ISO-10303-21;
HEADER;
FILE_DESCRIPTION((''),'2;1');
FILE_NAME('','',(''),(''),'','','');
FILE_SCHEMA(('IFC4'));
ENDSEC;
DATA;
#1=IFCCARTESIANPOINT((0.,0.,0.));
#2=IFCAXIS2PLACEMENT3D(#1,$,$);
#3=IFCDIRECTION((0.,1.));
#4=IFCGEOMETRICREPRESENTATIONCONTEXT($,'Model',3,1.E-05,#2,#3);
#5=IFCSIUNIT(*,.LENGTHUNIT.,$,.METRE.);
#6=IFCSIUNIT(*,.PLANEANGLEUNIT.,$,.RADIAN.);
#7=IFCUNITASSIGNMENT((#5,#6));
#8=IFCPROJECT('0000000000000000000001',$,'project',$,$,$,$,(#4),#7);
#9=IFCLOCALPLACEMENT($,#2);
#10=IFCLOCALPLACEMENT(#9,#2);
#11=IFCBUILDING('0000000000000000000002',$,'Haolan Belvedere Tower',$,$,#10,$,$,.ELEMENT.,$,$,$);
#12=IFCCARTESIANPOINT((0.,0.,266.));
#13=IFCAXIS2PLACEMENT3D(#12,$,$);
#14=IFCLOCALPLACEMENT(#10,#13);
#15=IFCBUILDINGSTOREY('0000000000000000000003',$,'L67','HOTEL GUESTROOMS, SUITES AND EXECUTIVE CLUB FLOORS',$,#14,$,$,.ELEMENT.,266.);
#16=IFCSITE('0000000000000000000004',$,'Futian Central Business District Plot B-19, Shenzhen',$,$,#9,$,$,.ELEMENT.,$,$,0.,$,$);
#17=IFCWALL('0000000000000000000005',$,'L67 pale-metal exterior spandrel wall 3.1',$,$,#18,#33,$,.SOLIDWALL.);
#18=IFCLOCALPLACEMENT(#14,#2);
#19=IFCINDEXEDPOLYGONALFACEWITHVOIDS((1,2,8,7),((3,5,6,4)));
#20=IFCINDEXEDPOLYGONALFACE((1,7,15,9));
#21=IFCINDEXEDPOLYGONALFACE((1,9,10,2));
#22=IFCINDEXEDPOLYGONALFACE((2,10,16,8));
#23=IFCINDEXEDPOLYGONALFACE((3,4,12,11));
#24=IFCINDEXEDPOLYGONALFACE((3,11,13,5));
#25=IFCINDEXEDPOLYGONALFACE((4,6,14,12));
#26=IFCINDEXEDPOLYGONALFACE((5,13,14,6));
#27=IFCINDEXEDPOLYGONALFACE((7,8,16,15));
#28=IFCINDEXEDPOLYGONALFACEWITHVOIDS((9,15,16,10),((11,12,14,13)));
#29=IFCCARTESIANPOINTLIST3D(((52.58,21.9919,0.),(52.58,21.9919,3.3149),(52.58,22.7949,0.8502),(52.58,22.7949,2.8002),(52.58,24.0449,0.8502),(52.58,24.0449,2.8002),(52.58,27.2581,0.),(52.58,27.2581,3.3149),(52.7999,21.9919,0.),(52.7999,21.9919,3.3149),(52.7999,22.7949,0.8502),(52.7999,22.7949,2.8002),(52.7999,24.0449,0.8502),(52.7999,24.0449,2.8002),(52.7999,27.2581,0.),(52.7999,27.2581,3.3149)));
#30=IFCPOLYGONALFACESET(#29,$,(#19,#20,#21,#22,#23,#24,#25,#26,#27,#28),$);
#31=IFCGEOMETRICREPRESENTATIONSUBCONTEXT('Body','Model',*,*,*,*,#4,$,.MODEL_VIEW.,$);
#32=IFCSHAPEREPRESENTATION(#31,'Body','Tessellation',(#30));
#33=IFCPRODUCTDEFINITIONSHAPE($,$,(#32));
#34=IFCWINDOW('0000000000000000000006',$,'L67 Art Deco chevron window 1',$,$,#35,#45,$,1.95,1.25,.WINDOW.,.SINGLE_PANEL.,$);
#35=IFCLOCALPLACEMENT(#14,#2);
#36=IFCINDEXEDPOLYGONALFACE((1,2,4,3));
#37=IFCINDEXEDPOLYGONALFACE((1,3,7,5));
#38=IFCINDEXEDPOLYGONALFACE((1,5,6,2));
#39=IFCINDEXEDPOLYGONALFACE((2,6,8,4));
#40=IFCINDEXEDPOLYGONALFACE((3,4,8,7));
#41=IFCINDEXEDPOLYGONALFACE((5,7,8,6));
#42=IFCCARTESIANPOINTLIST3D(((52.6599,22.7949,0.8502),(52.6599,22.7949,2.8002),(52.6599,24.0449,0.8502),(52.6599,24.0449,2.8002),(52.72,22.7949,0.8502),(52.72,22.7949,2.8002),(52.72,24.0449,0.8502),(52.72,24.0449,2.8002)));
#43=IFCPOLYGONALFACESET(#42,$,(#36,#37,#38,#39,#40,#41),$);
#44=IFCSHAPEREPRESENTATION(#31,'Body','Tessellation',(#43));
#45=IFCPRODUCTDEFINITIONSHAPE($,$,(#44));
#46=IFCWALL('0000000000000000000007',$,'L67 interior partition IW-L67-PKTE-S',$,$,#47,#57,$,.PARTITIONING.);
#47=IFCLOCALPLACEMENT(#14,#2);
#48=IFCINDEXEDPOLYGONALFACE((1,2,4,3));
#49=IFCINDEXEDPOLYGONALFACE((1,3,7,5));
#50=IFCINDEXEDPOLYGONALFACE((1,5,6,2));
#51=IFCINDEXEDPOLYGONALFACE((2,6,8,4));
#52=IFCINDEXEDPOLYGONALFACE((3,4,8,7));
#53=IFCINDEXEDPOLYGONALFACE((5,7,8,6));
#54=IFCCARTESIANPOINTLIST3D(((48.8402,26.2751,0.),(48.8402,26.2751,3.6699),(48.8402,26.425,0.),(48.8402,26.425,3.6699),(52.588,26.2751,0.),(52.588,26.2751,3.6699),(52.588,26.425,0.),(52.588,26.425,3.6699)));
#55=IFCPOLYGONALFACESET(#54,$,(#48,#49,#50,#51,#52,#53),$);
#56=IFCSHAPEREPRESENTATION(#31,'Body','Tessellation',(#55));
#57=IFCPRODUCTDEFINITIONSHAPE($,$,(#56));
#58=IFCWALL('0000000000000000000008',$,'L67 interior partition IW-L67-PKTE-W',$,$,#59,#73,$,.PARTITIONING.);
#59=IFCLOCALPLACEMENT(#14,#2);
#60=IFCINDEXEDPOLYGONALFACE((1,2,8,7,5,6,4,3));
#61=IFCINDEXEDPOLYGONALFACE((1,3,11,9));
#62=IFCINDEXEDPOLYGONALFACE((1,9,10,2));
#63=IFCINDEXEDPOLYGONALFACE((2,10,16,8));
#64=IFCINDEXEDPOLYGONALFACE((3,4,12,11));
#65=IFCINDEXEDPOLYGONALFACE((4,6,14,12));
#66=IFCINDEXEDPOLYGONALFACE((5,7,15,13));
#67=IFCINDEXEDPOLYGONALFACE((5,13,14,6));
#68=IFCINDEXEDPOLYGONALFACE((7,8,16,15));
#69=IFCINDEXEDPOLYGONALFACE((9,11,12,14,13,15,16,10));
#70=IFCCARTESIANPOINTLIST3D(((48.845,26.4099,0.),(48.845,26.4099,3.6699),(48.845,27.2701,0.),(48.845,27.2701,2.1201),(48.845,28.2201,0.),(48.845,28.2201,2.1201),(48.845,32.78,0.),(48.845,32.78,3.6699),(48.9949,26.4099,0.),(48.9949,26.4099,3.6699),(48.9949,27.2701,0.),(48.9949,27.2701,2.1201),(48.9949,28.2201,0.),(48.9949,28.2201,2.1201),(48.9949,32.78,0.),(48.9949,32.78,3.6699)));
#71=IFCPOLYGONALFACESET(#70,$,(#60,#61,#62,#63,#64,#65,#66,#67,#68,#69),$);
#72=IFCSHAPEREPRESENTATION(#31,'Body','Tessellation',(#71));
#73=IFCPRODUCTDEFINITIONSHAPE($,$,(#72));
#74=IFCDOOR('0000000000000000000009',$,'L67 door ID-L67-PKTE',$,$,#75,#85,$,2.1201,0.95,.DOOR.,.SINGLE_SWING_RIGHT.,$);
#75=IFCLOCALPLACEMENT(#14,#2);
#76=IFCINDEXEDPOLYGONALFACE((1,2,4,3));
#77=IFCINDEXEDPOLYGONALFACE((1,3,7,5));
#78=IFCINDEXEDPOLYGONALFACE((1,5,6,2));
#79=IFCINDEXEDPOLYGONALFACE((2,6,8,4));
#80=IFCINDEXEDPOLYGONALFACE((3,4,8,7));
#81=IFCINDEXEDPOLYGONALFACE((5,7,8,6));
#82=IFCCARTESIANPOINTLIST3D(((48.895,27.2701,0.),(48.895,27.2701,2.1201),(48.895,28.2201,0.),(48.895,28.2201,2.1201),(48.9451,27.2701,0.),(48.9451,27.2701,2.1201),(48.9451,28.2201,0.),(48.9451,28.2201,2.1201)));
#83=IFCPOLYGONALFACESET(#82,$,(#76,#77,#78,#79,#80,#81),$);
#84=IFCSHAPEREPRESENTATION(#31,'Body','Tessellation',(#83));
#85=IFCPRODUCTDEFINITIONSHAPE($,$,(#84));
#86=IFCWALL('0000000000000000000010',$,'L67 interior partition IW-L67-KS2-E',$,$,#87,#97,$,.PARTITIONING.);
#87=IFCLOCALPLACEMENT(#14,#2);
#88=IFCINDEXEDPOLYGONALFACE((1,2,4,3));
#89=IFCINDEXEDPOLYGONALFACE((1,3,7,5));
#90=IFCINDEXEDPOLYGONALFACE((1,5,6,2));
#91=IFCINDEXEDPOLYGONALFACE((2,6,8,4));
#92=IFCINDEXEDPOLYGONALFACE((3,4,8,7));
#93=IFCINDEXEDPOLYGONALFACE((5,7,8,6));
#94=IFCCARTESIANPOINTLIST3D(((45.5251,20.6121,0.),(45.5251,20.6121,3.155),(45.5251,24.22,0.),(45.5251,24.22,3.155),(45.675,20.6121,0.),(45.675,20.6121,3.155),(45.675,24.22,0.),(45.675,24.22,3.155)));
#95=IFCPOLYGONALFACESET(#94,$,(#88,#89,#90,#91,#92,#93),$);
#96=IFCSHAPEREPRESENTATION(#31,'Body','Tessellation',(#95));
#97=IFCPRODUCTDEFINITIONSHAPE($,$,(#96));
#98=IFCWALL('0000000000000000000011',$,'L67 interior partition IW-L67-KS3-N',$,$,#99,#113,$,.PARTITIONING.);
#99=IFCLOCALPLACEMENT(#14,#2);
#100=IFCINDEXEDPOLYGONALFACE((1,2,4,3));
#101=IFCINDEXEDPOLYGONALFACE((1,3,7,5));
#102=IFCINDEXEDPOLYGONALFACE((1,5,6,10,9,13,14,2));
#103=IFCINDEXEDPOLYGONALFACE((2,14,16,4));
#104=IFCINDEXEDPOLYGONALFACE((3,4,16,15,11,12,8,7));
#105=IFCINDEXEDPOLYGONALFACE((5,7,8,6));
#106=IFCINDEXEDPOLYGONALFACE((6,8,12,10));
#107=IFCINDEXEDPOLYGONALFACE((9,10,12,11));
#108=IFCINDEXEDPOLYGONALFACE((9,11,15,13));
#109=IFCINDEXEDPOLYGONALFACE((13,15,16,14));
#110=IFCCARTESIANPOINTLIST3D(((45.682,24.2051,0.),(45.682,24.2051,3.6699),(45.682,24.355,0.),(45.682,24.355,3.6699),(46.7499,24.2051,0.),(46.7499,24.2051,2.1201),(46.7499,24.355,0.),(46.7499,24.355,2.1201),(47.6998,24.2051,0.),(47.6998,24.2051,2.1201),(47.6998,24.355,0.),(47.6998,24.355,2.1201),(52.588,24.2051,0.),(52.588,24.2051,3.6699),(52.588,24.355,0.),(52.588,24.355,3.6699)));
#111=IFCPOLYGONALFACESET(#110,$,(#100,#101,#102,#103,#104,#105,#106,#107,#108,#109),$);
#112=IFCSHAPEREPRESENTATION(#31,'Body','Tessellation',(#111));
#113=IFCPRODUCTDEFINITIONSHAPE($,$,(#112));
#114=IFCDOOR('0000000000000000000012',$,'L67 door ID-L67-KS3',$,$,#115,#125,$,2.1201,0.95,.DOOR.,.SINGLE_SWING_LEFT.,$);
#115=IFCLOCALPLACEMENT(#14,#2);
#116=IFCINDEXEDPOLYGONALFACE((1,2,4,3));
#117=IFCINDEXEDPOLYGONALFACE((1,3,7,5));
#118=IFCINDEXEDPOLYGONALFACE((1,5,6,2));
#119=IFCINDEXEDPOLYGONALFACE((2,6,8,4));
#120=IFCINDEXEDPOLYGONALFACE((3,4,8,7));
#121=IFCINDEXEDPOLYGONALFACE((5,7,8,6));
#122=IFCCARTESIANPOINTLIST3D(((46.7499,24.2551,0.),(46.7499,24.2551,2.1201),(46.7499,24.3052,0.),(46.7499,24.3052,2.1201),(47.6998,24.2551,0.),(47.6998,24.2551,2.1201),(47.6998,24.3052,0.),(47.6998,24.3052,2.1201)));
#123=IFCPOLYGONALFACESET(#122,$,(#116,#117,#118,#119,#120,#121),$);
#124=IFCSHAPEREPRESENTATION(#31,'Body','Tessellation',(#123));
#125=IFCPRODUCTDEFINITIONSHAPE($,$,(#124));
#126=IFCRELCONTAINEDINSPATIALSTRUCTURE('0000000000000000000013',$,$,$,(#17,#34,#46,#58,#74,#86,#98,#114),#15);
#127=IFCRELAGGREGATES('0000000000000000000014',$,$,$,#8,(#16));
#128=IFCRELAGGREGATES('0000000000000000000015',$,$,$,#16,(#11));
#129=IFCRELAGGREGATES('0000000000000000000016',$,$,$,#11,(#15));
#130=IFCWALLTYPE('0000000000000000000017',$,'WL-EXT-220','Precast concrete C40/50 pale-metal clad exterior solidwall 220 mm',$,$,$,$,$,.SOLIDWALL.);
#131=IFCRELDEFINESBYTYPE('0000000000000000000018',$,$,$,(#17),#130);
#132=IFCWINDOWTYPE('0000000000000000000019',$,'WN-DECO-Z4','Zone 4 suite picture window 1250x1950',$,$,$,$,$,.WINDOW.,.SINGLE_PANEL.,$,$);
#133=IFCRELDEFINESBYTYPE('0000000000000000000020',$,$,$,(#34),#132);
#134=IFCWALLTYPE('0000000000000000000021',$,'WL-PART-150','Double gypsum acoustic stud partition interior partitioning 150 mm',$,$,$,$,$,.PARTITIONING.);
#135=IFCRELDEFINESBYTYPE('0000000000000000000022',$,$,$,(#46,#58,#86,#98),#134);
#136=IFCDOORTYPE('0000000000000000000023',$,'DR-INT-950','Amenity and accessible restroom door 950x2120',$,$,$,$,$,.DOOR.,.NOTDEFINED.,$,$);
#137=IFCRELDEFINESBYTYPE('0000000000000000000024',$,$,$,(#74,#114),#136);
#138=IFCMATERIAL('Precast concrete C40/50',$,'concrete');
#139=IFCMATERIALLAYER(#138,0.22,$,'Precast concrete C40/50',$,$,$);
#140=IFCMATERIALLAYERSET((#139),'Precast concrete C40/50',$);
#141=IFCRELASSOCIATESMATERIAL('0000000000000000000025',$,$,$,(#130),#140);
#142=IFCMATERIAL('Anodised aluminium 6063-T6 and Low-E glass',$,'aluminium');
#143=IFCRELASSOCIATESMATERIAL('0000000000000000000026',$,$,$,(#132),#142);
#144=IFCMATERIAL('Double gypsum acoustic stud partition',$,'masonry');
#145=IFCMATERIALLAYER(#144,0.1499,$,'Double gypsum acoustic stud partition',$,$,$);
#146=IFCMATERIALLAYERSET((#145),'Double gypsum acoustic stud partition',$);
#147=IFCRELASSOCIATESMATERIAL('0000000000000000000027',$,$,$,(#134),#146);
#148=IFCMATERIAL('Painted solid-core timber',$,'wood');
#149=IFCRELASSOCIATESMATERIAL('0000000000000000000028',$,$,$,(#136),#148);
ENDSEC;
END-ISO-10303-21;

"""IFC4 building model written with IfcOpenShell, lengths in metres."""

from ifc_helpers import new_model, si_unit, direction, frame, frame_2d, origin, place, context, subcontext, project, spatial, rectangle, extrude, material, layer, layer_set, type_object, element, fill, save


model = new_model("IFC4")

# Units and contexts
model_context = context("Model", 3, precision=1e-05, world=origin(), true_north=direction((0.0, 1.0)))
body_context = subcontext(model_context, "Body", "Model", "MODEL_VIEW")
ifc_project = project(units=[si_unit("LENGTHUNIT", "METRE"), si_unit("PLANEANGLEUNIT", "RADIAN")], contexts=[model_context])

# Site, building, storey
site_placement = place(None, origin())
site = spatial("IfcSite", under=ifc_project, at=site_placement, Name="Futian Central Business District Plot B-19, Shenzhen", CompositionType="ELEMENT", RefElevation=0.0)
building_placement = place(site_placement, origin())
building = spatial("IfcBuilding", under=site, at=building_placement, Name="Haolan Belvedere Tower", CompositionType="ELEMENT")
storey_placement = place(building_placement, frame((0.0, 0.0, 266.0)))
storey = spatial("IfcBuildingStorey", under=building, at=storey_placement, Name="L67", Description="HOTEL GUESTROOMS, SUITES AND EXECUTIVE CLUB FLOORS", CompositionType="ELEMENT", Elevation=266.0)

# Wall, opening, window
ifc_material_1 = material(Name="Precast concrete C40/50", Category="concrete")
ifc_layer_1 = layer(ifc_material_1, 0.22, Name="Precast concrete C40/50")
ifc_layer_set_1 = layer_set([ifc_layer_1], Name="Precast concrete C40/50")
wall_type_1 = type_object("IfcWallType", Name="WL-EXT-220", Description="Precast concrete C40/50 pale-metal clad exterior solidwall 220 mm", PredefinedType="SOLIDWALL", material=ifc_layer_set_1)
ifc_material_2 = material(Name="Anodised aluminium 6063-T6 and Low-E glass", Category="aluminium")
window_type = type_object("IfcWindowType", Name="WN-DECO-Z4", Description="Zone 4 suite picture window 1250x1950", PartitioningType="SINGLE_PANEL", PredefinedType="WINDOW", material=ifc_material_2)
wall_1_placement = place(storey_placement, frame((52.6899, 21.9919, 0.0), z_axis=(0.0, 0.0, 1.0), x_axis=(0.0, 1.0, 0.0)))
wall_1 = element("IfcWall", 1, at=wall_1_placement, inside=storey, type_object=wall_type_1, Name="L67 pale-metal exterior spandrel wall 3.1", PredefinedType="SOLIDWALL", context=body_context, shape_type="SweptSolid", body=[
    extrude(rectangle(XDim=5.2661, YDim=0.22, at=frame_2d((2.6331, 0.0))), origin(), (0.0, 0.0, 1.0), 3.3149),
])
opening_1_placement = place(wall_1_placement, frame((0.803, 0.0, 0.8501)))
opening_1 = element("IfcOpeningElement", 2, at=opening_1_placement, cuts=wall_1, PredefinedType="OPENING", context=body_context, shape_type="SweptSolid", body=[
    extrude(rectangle(XDim=1.25, YDim=1.95, at=frame_2d((0.625, 0.9751))), frame((0.0, 0.1199, 0.0), z_axis=(0.0, -1.0, 0.0), x_axis=(1.0, 0.0, 0.0)), (0.0, 0.0, 1.0), 0.24),
])
window_1_placement = place(opening_1_placement, origin())
window_1 = element("IfcWindow", 3, at=window_1_placement, inside=storey, type_object=window_type, Name="L67 Art Deco chevron window 1", OverallHeight=1.95, OverallWidth=1.25, PartitioningType="SINGLE_PANEL", PredefinedType="WINDOW", context=body_context, shape_type="SweptSolid", body=[
    extrude(rectangle(XDim=1.25, YDim=1.95, at=frame_2d((0.625, 0.9751))), frame((0.0, 0.03, 0.0), z_axis=(0.0, -1.0, 0.0), x_axis=(1.0, 0.0, 0.0)), (0.0, 0.0, 1.0), 0.0601),
])
fill(opening_1, window_1)

# Wall
ifc_material_3 = material(Name="Double gypsum acoustic stud partition", Category="masonry")
ifc_layer_2 = layer(ifc_material_3, 0.1499, Name="Double gypsum acoustic stud partition")
ifc_layer_set_2 = layer_set([ifc_layer_2], Name="Double gypsum acoustic stud partition")
wall_type_2 = type_object("IfcWallType", Name="WL-PART-150", Description="Double gypsum acoustic stud partition interior partitioning 150 mm", PredefinedType="PARTITIONING", material=ifc_layer_set_2)
wall_2_placement = place(storey_placement, frame((48.8401, 26.3501, 0.0), z_axis=(0.0, 0.0, 1.0), x_axis=(1.0, 0.0, 0.0)))
element("IfcWall", 4, at=wall_2_placement, inside=storey, type_object=wall_type_2, Name="L67 interior partition IW-L67-PKTE-S", PredefinedType="PARTITIONING", context=body_context, shape_type="SweptSolid", body=[
    extrude(rectangle(XDim=3.7478, YDim=0.1499, at=frame_2d((1.874, 0.0))), origin(), (0.0, 0.0, 1.0), 3.6699),
])

# Wall, opening, door
wall_3_placement = place(storey_placement, frame((48.9199, 26.4099, 0.0), z_axis=(0.0, 0.0, 1.0), x_axis=(0.0, 1.0, 0.0)))
wall_3 = element("IfcWall", 5, at=wall_3_placement, inside=storey, type_object=wall_type_2, Name="L67 interior partition IW-L67-PKTE-W", PredefinedType="PARTITIONING", context=body_context, shape_type="SweptSolid", body=[
    extrude(rectangle(XDim=6.3701, YDim=0.1499, at=frame_2d((3.1851, 0.0))), origin(), (0.0, 0.0, 1.0), 3.6699),
])
opening_2_placement = place(wall_3_placement, frame((0.8601, 0.0, 0.0)))
opening_2 = element("IfcOpeningElement", 6, at=opening_2_placement, cuts=wall_3, PredefinedType="OPENING", context=body_context, shape_type="SweptSolid", body=[
    extrude(rectangle(XDim=0.95, YDim=2.1201, at=frame_2d((0.4751, 1.0601))), frame((0.0, 0.085, 0.0), z_axis=(0.0, -1.0, 0.0), x_axis=(1.0, 0.0, 0.0)), (0.0, 0.0, 1.0), 0.1699),
])
ifc_material_4 = material(Name="Painted solid-core timber", Category="wood")
door_type = type_object("IfcDoorType", Name="DR-INT-950", Description="Amenity and accessible restroom door 950x2120", OperationType="NOTDEFINED", PredefinedType="DOOR", material=ifc_material_4)
door_1_placement = place(opening_2_placement, origin())
door_1 = element("IfcDoor", 7, at=door_1_placement, inside=storey, type_object=door_type, Name="L67 door ID-L67-PKTE", OperationType="SINGLE_SWING_RIGHT", OverallHeight=2.1201, OverallWidth=0.95, PredefinedType="DOOR", context=body_context, shape_type="SweptSolid", body=[
    extrude(rectangle(XDim=0.95, YDim=2.1201, at=frame_2d((0.4751, 1.0601))), frame((0.0, 0.0249, 0.0), z_axis=(0.0, -1.0, 0.0), x_axis=(1.0, 0.0, 0.0)), (0.0, 0.0, 1.0), 0.05),
])
fill(opening_2, door_1)

# Wall
wall_4_placement = place(storey_placement, frame((45.6001, 20.6121, 0.0), z_axis=(0.0, 0.0, 1.0), x_axis=(0.0, 1.0, 0.0)))
element("IfcWall", 8, at=wall_4_placement, inside=storey, type_object=wall_type_2, Name="L67 interior partition IW-L67-KS2-E", PredefinedType="PARTITIONING", context=body_context, shape_type="SweptSolid", body=[
    extrude(rectangle(XDim=3.6079, YDim=0.1499, at=frame_2d((1.804, 0.0))), origin(), (0.0, 0.0, 1.0), 3.155),
])

# Wall, opening, door
wall_5_placement = place(storey_placement, frame((45.6819, 24.28, 0.0), z_axis=(0.0, 0.0, 1.0), x_axis=(1.0, 0.0, 0.0)))
wall_5 = element("IfcWall", 9, at=wall_5_placement, inside=storey, type_object=wall_type_2, Name="L67 interior partition IW-L67-KS3-N", PredefinedType="PARTITIONING", context=body_context, shape_type="SweptSolid", body=[
    extrude(rectangle(XDim=6.906, YDim=0.1499, at=frame_2d((3.4531, 0.0))), origin(), (0.0, 0.0, 1.0), 3.6699),
])
opening_3_placement = place(wall_5_placement, frame((2.0181, 0.0, 0.0), z_axis=(0.0, 0.0, 1.0), x_axis=(-1.0, 0.0, 0.0)))
opening_3 = element("IfcOpeningElement", 10, at=opening_3_placement, cuts=wall_5, PredefinedType="OPENING", context=body_context, shape_type="SweptSolid", body=[
    extrude(rectangle(XDim=0.95, YDim=2.1201, at=frame_2d((0.4751, 1.0601))), frame((0.0, 0.085, 0.0), z_axis=(0.0, -1.0, 0.0), x_axis=(1.0, 0.0, 0.0)), (0.0, 0.0, 1.0), 0.1699),
])
door_2_placement = place(opening_3_placement, origin())
door_2 = element("IfcDoor", 11, at=door_2_placement, inside=storey, type_object=door_type, Name="L67 door ID-L67-KS3", OperationType="SINGLE_SWING_LEFT", OverallHeight=2.1201, OverallWidth=0.95, PredefinedType="DOOR", context=body_context, shape_type="SweptSolid", body=[
    extrude(rectangle(XDim=0.95, YDim=2.1201, at=frame_2d((0.4751, 1.0601))), frame((0.0, 0.0249, 0.0), z_axis=(0.0, -1.0, 0.0), x_axis=(1.0, 0.0, 0.0)), (0.0, 0.0, 1.0), 0.05),
])
fill(opening_3, door_2)

save(model, "model.ifc")
